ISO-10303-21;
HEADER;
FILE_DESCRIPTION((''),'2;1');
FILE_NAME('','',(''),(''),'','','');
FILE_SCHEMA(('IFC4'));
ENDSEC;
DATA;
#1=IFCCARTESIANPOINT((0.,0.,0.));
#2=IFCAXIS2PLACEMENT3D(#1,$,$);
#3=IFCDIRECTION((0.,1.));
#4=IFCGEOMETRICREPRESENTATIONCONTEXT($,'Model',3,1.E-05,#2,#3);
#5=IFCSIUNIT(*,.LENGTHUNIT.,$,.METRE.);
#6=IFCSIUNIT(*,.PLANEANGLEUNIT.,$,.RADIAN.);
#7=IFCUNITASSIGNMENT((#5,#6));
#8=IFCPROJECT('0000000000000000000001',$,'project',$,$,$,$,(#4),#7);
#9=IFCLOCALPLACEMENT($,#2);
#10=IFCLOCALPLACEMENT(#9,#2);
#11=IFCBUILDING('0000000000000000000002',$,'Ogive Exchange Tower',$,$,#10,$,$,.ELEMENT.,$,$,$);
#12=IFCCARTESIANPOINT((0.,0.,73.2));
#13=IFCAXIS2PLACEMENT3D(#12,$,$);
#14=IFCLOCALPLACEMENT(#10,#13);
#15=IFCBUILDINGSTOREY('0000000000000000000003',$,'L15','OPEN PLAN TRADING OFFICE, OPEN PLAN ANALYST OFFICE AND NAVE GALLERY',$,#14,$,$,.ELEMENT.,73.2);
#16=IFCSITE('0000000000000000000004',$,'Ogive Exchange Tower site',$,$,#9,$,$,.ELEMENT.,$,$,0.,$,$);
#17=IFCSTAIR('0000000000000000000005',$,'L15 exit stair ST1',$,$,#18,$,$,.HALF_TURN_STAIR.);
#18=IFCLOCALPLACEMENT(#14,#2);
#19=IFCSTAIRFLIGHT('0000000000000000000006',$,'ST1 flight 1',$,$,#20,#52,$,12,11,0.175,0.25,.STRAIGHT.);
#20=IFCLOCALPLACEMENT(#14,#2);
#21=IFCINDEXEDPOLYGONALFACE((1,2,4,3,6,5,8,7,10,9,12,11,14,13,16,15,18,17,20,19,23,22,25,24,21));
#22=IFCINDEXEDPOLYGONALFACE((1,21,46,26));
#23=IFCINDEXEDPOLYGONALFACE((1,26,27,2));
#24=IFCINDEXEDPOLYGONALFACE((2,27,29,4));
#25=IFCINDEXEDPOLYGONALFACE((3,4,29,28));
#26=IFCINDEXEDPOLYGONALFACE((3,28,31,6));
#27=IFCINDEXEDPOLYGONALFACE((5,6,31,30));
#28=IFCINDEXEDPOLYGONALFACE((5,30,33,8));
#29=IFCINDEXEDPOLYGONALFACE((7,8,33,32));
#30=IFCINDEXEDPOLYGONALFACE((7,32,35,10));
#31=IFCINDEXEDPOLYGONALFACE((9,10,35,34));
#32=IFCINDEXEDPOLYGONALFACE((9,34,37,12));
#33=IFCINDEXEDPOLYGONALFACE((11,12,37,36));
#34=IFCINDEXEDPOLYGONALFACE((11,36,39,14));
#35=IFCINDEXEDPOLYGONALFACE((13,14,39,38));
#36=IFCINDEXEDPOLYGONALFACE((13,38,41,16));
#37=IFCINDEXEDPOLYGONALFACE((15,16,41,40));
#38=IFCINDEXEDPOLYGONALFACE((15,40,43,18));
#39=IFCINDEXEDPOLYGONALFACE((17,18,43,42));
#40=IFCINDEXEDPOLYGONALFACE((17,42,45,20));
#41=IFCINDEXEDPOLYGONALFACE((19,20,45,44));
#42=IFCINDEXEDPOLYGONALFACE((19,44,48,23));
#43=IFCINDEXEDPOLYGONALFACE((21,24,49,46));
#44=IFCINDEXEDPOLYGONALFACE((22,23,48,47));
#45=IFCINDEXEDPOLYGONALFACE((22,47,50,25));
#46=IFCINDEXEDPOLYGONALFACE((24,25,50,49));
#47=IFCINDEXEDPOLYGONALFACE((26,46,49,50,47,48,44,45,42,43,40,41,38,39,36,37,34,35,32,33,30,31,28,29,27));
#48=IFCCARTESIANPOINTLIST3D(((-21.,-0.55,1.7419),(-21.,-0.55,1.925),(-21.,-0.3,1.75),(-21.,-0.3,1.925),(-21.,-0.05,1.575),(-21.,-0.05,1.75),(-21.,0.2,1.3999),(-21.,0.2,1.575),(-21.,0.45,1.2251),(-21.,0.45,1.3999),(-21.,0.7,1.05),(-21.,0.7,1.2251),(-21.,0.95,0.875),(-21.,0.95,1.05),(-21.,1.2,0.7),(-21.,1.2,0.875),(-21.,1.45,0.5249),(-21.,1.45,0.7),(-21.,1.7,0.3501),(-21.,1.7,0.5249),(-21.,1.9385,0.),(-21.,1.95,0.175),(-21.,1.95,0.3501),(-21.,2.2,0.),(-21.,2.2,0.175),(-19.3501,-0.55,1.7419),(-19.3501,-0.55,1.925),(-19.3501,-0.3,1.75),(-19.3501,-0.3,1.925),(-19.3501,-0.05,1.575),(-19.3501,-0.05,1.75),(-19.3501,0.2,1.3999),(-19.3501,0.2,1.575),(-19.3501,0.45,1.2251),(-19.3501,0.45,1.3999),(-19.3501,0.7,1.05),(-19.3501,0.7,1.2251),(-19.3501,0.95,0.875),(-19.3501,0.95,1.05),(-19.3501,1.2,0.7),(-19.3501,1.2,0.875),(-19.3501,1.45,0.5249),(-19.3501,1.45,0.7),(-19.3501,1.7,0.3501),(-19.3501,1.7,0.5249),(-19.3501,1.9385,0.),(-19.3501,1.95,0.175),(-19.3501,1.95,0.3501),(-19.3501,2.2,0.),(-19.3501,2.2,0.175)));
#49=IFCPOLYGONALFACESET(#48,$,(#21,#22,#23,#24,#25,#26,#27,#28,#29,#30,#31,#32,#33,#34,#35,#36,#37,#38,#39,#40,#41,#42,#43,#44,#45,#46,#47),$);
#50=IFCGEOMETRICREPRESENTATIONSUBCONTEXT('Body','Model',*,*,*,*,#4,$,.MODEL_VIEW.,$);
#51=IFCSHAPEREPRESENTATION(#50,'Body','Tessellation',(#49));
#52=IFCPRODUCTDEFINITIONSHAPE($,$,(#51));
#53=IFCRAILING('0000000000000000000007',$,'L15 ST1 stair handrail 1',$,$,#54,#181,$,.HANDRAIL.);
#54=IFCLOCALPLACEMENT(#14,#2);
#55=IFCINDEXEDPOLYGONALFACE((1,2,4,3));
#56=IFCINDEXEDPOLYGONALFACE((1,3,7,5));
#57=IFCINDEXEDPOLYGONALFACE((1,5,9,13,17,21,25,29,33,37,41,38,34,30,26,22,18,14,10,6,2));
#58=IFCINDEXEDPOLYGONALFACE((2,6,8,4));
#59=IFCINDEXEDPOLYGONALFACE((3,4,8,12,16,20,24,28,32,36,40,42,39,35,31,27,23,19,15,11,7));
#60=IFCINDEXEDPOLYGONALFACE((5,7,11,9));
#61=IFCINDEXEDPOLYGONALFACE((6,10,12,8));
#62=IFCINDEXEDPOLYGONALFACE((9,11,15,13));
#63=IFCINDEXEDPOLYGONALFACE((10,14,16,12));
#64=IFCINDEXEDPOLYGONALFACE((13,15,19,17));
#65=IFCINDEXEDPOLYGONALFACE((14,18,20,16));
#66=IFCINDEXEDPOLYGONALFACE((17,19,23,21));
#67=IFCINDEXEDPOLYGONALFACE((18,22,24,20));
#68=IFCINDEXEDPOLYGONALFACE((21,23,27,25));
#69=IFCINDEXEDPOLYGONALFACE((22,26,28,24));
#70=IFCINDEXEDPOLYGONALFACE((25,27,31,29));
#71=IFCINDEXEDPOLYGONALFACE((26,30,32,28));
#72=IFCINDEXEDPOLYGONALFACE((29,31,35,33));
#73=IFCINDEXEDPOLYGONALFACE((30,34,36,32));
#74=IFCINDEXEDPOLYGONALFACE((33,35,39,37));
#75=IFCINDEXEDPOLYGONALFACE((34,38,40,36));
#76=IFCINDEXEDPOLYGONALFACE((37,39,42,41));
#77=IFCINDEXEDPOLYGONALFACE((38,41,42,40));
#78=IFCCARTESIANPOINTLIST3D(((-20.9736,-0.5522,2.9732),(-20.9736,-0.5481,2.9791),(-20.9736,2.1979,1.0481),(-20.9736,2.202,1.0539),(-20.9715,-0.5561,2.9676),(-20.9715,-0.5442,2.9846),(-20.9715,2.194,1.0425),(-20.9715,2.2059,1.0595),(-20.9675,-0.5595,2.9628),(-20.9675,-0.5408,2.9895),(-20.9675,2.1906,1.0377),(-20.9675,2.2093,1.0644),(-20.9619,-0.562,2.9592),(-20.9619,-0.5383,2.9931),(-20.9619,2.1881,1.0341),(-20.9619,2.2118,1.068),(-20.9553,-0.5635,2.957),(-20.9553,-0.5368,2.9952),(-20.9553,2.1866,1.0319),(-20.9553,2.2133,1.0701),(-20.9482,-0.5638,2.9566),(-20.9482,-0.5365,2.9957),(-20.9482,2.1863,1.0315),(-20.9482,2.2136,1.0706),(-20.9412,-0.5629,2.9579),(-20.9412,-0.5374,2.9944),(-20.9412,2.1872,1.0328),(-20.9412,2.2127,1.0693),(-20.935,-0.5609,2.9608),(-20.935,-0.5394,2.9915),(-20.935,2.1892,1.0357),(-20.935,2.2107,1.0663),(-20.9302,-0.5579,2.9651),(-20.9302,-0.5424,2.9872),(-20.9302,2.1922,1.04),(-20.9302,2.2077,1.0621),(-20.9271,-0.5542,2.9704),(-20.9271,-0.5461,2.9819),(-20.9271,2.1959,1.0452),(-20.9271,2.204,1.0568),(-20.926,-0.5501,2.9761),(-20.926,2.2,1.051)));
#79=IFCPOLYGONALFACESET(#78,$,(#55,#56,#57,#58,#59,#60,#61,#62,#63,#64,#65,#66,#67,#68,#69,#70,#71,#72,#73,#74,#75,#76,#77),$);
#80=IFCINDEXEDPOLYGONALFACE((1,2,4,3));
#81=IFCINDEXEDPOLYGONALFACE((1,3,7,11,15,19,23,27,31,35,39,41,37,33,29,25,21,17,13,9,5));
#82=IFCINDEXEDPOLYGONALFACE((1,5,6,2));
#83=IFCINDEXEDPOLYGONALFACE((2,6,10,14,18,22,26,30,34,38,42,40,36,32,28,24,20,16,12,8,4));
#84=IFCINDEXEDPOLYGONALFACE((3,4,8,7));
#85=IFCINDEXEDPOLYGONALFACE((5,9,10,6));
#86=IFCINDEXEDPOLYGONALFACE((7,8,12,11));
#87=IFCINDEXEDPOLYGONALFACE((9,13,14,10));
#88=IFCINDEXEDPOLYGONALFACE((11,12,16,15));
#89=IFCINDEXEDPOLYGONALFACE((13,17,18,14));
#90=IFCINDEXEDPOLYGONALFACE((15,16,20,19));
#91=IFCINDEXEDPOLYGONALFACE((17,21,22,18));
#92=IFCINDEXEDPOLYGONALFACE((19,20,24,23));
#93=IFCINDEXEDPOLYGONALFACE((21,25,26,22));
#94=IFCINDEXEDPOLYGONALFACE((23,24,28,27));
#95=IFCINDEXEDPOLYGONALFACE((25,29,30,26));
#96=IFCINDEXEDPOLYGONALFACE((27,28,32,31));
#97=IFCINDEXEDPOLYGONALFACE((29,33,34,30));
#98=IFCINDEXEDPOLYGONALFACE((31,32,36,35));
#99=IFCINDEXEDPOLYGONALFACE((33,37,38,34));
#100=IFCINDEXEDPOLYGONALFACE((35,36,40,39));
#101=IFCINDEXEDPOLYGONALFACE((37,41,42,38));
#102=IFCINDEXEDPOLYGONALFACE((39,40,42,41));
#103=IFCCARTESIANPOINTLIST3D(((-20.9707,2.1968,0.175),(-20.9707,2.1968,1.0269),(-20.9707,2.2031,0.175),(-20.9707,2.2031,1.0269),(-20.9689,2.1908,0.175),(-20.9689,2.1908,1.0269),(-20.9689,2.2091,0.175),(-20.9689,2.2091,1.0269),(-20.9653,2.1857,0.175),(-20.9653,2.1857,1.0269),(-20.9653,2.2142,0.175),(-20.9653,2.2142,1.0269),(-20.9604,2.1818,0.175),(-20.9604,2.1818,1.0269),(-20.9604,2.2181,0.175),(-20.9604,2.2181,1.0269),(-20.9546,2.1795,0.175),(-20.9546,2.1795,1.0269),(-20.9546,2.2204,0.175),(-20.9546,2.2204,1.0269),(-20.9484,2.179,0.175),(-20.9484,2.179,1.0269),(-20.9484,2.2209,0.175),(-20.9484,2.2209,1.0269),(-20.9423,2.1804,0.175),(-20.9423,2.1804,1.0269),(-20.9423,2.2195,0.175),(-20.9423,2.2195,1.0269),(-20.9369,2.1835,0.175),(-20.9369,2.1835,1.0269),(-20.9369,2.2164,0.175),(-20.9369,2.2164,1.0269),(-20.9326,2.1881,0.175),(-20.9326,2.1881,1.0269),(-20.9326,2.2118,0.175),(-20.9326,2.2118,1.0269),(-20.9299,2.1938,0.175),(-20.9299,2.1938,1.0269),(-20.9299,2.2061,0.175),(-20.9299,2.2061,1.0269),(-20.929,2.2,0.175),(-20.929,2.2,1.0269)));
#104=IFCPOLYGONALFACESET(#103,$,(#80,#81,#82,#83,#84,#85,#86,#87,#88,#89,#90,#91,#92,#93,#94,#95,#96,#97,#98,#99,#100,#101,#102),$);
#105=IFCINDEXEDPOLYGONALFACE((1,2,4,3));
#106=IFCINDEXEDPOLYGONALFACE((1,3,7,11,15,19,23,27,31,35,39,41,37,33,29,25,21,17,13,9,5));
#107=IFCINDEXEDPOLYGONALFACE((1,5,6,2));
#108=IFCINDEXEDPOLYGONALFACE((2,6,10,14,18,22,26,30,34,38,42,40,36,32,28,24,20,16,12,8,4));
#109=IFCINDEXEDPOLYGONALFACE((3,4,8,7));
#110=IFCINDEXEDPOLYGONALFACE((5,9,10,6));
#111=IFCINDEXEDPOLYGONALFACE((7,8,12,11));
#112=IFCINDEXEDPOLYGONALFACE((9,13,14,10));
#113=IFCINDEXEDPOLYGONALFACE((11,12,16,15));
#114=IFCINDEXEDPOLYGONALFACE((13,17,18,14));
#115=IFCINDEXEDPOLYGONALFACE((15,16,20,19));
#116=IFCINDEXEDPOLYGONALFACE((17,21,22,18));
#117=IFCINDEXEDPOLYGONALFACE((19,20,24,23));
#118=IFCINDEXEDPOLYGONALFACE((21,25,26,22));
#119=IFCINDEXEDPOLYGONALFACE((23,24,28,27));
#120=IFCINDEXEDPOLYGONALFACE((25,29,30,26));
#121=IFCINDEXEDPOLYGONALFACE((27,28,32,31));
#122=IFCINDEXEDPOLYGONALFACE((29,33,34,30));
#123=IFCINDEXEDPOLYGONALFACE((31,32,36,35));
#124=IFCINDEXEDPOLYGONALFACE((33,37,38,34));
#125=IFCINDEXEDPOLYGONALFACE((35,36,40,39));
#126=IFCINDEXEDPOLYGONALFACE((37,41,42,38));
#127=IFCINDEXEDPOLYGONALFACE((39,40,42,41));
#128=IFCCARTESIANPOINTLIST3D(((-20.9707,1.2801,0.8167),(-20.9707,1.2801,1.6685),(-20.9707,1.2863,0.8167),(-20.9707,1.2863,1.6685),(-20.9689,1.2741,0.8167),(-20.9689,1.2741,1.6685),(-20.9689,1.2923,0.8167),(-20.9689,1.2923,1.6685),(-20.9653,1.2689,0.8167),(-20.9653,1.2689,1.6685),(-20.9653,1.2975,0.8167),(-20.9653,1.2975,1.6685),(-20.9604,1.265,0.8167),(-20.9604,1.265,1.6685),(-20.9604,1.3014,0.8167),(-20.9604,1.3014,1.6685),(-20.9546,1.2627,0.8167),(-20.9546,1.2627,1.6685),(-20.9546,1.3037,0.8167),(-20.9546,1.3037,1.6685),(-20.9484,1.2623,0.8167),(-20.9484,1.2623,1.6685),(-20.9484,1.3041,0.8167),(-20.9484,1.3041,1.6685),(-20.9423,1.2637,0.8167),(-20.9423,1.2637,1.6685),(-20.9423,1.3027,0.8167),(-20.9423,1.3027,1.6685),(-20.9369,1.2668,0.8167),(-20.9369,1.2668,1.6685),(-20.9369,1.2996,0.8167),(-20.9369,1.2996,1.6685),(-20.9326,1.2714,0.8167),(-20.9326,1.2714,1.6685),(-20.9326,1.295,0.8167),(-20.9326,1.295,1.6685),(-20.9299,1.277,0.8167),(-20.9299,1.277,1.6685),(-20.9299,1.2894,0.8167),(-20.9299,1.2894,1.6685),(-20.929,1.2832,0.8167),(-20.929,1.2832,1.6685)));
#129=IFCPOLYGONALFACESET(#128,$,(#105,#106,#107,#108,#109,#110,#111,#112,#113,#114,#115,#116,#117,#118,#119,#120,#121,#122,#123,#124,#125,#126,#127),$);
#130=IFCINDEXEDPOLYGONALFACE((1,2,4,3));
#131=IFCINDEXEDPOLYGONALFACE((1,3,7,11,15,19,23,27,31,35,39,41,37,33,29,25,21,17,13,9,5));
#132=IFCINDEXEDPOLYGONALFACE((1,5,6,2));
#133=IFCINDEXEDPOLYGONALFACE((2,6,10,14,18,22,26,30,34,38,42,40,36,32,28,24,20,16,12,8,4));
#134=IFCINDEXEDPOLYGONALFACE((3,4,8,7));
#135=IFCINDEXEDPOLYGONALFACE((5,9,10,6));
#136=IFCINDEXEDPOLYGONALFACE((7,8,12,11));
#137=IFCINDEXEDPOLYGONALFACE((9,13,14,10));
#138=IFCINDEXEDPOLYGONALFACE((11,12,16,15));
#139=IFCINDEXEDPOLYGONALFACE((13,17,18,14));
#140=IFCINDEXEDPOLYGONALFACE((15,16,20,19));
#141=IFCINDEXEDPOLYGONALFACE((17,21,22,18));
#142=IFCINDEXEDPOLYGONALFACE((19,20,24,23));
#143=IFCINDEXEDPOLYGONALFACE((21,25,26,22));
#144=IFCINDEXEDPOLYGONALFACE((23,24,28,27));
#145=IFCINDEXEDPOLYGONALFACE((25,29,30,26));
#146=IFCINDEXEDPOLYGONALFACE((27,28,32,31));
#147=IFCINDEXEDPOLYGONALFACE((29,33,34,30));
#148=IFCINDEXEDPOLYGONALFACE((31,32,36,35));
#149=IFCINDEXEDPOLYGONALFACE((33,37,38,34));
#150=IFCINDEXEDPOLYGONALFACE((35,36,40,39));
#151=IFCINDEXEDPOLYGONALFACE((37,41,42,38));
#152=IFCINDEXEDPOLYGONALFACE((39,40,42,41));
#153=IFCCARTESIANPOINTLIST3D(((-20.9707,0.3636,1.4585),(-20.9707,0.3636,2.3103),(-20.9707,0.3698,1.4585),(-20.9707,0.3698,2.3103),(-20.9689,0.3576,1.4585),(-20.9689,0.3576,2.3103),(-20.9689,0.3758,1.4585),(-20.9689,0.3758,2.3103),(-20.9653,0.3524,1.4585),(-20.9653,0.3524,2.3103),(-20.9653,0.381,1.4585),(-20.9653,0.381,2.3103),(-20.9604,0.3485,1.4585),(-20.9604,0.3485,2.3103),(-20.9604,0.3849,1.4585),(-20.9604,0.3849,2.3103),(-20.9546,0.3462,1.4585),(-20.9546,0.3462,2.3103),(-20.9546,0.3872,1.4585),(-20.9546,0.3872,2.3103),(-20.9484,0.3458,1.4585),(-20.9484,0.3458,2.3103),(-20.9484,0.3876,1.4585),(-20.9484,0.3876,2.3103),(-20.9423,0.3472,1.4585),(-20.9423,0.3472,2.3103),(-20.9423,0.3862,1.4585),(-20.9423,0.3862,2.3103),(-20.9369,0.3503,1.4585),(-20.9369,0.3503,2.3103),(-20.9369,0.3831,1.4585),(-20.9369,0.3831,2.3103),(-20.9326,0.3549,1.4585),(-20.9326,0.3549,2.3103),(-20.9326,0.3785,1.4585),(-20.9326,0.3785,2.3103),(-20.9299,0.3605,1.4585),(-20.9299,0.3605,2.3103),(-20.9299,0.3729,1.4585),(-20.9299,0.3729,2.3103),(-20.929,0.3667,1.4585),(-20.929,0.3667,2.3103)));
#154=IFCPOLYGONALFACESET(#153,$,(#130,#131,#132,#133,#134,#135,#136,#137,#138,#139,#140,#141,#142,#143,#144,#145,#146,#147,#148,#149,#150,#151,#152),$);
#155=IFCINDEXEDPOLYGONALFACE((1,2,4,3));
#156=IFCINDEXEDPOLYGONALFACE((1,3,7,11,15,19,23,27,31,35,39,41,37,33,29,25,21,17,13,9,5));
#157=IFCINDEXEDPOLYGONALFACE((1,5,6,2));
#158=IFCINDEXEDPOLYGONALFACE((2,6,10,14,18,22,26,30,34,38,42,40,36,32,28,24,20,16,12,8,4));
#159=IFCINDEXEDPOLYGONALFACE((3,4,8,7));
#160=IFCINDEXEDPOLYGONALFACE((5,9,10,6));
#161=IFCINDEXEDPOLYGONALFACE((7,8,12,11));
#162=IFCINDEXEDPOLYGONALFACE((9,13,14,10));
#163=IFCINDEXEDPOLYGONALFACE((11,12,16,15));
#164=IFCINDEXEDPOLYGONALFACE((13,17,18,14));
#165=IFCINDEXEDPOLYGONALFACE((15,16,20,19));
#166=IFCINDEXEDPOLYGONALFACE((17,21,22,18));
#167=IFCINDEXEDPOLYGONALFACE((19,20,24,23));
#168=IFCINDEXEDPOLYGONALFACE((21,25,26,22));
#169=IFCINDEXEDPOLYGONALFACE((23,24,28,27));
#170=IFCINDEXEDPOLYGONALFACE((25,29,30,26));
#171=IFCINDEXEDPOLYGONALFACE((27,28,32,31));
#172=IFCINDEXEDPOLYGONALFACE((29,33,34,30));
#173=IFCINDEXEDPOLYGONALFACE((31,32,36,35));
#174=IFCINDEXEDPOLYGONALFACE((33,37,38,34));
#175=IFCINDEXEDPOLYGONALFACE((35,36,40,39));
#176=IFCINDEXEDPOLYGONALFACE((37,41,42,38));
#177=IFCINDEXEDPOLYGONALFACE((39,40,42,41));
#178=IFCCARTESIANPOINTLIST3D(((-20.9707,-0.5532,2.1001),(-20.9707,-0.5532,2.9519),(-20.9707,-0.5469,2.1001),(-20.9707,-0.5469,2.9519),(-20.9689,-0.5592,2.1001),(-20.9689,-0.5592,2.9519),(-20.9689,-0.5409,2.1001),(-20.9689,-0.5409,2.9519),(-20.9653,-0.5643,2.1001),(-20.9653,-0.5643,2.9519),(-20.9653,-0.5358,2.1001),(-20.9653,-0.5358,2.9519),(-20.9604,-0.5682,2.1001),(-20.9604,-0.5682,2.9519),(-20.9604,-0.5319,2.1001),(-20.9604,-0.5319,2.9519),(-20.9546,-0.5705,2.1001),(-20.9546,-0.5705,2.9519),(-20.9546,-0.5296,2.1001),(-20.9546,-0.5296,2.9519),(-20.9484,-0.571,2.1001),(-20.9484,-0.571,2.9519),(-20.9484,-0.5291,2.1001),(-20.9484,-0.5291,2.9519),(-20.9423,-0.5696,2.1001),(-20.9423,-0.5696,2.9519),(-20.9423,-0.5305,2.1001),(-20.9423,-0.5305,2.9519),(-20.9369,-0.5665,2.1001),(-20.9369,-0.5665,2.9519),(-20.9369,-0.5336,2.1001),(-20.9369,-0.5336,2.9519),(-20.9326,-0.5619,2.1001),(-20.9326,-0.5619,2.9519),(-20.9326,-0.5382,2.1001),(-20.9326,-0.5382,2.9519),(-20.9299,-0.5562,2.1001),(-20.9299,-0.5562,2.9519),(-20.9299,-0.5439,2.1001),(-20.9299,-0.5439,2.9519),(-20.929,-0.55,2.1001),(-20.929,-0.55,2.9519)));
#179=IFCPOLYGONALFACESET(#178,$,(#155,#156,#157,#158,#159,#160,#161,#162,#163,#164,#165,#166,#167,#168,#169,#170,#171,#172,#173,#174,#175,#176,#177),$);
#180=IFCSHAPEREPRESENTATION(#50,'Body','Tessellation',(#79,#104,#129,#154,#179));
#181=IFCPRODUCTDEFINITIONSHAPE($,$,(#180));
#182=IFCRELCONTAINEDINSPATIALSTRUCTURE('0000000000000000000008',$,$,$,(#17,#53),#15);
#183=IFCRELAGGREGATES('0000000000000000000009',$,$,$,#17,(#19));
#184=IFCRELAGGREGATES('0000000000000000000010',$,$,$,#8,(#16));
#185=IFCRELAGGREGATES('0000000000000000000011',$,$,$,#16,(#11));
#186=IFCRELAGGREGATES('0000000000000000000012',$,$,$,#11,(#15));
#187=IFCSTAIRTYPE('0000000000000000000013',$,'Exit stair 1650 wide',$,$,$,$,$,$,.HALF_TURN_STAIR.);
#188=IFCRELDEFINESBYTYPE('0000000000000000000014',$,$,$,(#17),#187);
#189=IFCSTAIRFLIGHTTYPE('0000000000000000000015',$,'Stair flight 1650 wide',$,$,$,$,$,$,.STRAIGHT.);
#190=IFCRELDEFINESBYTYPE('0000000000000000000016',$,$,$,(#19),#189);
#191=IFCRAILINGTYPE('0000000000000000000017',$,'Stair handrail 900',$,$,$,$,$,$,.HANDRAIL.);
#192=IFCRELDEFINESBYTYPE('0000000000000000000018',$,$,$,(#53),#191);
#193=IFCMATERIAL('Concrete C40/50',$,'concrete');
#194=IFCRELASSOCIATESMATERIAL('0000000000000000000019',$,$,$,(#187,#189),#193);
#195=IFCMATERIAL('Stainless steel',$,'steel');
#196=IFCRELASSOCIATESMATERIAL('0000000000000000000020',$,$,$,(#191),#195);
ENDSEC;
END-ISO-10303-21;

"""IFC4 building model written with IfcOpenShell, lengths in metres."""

from ifc_helpers import new_model, si_unit, direction, frame, origin, origin_2d, place, context, subcontext, project, spatial, polyline, circle, outline, extrude, material, type_object, element, aggregate, save


model = new_model("IFC4")

# Units and contexts
model_context = context("Model", 3, precision=1e-05, world=origin(), true_north=direction((0.0, 1.0)))
body_context = subcontext(model_context, "Body", "Model", "MODEL_VIEW")
ifc_project = project(units=[si_unit("LENGTHUNIT", "METRE"), si_unit("PLANEANGLEUNIT", "RADIAN")], contexts=[model_context])

# Site, building, storey
site_placement = place(None, origin())
site = spatial("IfcSite", under=ifc_project, at=site_placement, Name="Ogive Exchange Tower site", CompositionType="ELEMENT", RefElevation=0.0)
building_placement = place(site_placement, origin())
building = spatial("IfcBuilding", under=site, at=building_placement, Name="Ogive Exchange Tower", CompositionType="ELEMENT")
storey_placement = place(building_placement, frame((0.0, 0.0, 73.2)))
storey = spatial("IfcBuildingStorey", under=building, at=storey_placement, Name="L15", Description="OPEN PLAN TRADING OFFICE, OPEN PLAN ANALYST OFFICE AND NAVE GALLERY", CompositionType="ELEMENT", Elevation=73.2)

# Stair
ifc_material_1 = material(Name="Concrete C40/50", Category="concrete")
stair_type = type_object("IfcStairType", Name="Exit stair 1650 wide", PredefinedType="HALF_TURN_STAIR", material=ifc_material_1)
stair_placement = place(storey_placement, origin())
stair = element("IfcStair", 1, at=stair_placement, inside=storey, type_object=stair_type, Name="L15 exit stair ST1", PredefinedType="HALF_TURN_STAIR")

# Shared definitions
ifc_material_2 = material(Name="Stainless steel", Category="steel")

# Stair flight
stair_flight_type = type_object("IfcStairFlightType", Name="Stair flight 1650 wide", PredefinedType="STRAIGHT", material=ifc_material_1)
stair_flight_placement = place(storey_placement, frame((-20.175, 2.2, 0.0), z_axis=(0.0, 0.0, 1.0), x_axis=(0.0, -1.0, 0.0)))
stair_flight = element("IfcStairFlight", 2, at=stair_flight_placement, type_object=stair_flight_type, Name="ST1 flight 1", NumberOfRisers=12, NumberOfTreads=11, PredefinedType="STRAIGHT", RiserHeight=0.175, TreadLength=0.25, context=body_context, shape_type="SweptSolid", body=[
    extrude(outline(polyline([(0.0, 0.0), (0.0, 0.175), (0.25, 0.175), (0.25, 0.3501), (0.5, 0.3501), (0.5, 0.5249), (0.75, 0.5249), (0.75, 0.7), (1.0, 0.7), (1.0, 0.875), (1.25, 0.875), (1.25, 1.05), (1.5, 1.05), (1.5, 1.2251), (1.75, 1.2251), (1.75, 1.3999), (2.0, 1.3999), (2.0, 1.575), (2.25, 1.575), (2.25, 1.75), (2.5, 1.75), (2.5, 1.925), (2.75, 1.925), (2.75, 2.1001), (2.75, 1.7419), (0.2615, 0.0), (0.0, 0.0)])), frame((0.0, 0.825, 0.0), z_axis=(0.0, -1.0, 0.0), x_axis=(1.0, 0.0, 0.0)), (0.0, 0.0, 1.0), 1.6499),
])
aggregate(stair, [stair_flight])

# Railing
railing_type = type_object("IfcRailingType", Name="Stair handrail 900", PredefinedType="HANDRAIL", material=ifc_material_2)
railing_placement = place(storey_placement, frame((-20.95, 2.2, 0.175)))
element("IfcRailing", 3, at=railing_placement, inside=storey, type_object=railing_type, Name="L15 ST1 stair handrail 1", PredefinedType="HANDRAIL", context=body_context, shape_type="SweptSolid", body=[
    extrude(circle(Radius=0.0239, at=origin_2d()), frame((0.0, 0.0, 0.876), z_axis=(0.0, -0.819225, 0.573472), x_axis=(1.0, 0.0, 0.0)), (0.0, 0.0, 1.0), 3.3569),
    extrude(circle(Radius=0.021, at=origin_2d()), origin(), (0.0, 0.0, 1.0), 0.8518),
    extrude(circle(Radius=0.021, at=origin_2d()), frame((0.0, -0.9167, 0.6416)), (0.0, 0.0, 1.0), 0.8518),
    extrude(circle(Radius=0.021, at=origin_2d()), frame((0.0, -1.8333, 1.2834)), (0.0, 0.0, 1.0), 0.8518),
    extrude(circle(Radius=0.021, at=origin_2d()), frame((0.0, -2.75, 1.925)), (0.0, 0.0, 1.0), 0.8518),
])

save(model, "model.ifc")
